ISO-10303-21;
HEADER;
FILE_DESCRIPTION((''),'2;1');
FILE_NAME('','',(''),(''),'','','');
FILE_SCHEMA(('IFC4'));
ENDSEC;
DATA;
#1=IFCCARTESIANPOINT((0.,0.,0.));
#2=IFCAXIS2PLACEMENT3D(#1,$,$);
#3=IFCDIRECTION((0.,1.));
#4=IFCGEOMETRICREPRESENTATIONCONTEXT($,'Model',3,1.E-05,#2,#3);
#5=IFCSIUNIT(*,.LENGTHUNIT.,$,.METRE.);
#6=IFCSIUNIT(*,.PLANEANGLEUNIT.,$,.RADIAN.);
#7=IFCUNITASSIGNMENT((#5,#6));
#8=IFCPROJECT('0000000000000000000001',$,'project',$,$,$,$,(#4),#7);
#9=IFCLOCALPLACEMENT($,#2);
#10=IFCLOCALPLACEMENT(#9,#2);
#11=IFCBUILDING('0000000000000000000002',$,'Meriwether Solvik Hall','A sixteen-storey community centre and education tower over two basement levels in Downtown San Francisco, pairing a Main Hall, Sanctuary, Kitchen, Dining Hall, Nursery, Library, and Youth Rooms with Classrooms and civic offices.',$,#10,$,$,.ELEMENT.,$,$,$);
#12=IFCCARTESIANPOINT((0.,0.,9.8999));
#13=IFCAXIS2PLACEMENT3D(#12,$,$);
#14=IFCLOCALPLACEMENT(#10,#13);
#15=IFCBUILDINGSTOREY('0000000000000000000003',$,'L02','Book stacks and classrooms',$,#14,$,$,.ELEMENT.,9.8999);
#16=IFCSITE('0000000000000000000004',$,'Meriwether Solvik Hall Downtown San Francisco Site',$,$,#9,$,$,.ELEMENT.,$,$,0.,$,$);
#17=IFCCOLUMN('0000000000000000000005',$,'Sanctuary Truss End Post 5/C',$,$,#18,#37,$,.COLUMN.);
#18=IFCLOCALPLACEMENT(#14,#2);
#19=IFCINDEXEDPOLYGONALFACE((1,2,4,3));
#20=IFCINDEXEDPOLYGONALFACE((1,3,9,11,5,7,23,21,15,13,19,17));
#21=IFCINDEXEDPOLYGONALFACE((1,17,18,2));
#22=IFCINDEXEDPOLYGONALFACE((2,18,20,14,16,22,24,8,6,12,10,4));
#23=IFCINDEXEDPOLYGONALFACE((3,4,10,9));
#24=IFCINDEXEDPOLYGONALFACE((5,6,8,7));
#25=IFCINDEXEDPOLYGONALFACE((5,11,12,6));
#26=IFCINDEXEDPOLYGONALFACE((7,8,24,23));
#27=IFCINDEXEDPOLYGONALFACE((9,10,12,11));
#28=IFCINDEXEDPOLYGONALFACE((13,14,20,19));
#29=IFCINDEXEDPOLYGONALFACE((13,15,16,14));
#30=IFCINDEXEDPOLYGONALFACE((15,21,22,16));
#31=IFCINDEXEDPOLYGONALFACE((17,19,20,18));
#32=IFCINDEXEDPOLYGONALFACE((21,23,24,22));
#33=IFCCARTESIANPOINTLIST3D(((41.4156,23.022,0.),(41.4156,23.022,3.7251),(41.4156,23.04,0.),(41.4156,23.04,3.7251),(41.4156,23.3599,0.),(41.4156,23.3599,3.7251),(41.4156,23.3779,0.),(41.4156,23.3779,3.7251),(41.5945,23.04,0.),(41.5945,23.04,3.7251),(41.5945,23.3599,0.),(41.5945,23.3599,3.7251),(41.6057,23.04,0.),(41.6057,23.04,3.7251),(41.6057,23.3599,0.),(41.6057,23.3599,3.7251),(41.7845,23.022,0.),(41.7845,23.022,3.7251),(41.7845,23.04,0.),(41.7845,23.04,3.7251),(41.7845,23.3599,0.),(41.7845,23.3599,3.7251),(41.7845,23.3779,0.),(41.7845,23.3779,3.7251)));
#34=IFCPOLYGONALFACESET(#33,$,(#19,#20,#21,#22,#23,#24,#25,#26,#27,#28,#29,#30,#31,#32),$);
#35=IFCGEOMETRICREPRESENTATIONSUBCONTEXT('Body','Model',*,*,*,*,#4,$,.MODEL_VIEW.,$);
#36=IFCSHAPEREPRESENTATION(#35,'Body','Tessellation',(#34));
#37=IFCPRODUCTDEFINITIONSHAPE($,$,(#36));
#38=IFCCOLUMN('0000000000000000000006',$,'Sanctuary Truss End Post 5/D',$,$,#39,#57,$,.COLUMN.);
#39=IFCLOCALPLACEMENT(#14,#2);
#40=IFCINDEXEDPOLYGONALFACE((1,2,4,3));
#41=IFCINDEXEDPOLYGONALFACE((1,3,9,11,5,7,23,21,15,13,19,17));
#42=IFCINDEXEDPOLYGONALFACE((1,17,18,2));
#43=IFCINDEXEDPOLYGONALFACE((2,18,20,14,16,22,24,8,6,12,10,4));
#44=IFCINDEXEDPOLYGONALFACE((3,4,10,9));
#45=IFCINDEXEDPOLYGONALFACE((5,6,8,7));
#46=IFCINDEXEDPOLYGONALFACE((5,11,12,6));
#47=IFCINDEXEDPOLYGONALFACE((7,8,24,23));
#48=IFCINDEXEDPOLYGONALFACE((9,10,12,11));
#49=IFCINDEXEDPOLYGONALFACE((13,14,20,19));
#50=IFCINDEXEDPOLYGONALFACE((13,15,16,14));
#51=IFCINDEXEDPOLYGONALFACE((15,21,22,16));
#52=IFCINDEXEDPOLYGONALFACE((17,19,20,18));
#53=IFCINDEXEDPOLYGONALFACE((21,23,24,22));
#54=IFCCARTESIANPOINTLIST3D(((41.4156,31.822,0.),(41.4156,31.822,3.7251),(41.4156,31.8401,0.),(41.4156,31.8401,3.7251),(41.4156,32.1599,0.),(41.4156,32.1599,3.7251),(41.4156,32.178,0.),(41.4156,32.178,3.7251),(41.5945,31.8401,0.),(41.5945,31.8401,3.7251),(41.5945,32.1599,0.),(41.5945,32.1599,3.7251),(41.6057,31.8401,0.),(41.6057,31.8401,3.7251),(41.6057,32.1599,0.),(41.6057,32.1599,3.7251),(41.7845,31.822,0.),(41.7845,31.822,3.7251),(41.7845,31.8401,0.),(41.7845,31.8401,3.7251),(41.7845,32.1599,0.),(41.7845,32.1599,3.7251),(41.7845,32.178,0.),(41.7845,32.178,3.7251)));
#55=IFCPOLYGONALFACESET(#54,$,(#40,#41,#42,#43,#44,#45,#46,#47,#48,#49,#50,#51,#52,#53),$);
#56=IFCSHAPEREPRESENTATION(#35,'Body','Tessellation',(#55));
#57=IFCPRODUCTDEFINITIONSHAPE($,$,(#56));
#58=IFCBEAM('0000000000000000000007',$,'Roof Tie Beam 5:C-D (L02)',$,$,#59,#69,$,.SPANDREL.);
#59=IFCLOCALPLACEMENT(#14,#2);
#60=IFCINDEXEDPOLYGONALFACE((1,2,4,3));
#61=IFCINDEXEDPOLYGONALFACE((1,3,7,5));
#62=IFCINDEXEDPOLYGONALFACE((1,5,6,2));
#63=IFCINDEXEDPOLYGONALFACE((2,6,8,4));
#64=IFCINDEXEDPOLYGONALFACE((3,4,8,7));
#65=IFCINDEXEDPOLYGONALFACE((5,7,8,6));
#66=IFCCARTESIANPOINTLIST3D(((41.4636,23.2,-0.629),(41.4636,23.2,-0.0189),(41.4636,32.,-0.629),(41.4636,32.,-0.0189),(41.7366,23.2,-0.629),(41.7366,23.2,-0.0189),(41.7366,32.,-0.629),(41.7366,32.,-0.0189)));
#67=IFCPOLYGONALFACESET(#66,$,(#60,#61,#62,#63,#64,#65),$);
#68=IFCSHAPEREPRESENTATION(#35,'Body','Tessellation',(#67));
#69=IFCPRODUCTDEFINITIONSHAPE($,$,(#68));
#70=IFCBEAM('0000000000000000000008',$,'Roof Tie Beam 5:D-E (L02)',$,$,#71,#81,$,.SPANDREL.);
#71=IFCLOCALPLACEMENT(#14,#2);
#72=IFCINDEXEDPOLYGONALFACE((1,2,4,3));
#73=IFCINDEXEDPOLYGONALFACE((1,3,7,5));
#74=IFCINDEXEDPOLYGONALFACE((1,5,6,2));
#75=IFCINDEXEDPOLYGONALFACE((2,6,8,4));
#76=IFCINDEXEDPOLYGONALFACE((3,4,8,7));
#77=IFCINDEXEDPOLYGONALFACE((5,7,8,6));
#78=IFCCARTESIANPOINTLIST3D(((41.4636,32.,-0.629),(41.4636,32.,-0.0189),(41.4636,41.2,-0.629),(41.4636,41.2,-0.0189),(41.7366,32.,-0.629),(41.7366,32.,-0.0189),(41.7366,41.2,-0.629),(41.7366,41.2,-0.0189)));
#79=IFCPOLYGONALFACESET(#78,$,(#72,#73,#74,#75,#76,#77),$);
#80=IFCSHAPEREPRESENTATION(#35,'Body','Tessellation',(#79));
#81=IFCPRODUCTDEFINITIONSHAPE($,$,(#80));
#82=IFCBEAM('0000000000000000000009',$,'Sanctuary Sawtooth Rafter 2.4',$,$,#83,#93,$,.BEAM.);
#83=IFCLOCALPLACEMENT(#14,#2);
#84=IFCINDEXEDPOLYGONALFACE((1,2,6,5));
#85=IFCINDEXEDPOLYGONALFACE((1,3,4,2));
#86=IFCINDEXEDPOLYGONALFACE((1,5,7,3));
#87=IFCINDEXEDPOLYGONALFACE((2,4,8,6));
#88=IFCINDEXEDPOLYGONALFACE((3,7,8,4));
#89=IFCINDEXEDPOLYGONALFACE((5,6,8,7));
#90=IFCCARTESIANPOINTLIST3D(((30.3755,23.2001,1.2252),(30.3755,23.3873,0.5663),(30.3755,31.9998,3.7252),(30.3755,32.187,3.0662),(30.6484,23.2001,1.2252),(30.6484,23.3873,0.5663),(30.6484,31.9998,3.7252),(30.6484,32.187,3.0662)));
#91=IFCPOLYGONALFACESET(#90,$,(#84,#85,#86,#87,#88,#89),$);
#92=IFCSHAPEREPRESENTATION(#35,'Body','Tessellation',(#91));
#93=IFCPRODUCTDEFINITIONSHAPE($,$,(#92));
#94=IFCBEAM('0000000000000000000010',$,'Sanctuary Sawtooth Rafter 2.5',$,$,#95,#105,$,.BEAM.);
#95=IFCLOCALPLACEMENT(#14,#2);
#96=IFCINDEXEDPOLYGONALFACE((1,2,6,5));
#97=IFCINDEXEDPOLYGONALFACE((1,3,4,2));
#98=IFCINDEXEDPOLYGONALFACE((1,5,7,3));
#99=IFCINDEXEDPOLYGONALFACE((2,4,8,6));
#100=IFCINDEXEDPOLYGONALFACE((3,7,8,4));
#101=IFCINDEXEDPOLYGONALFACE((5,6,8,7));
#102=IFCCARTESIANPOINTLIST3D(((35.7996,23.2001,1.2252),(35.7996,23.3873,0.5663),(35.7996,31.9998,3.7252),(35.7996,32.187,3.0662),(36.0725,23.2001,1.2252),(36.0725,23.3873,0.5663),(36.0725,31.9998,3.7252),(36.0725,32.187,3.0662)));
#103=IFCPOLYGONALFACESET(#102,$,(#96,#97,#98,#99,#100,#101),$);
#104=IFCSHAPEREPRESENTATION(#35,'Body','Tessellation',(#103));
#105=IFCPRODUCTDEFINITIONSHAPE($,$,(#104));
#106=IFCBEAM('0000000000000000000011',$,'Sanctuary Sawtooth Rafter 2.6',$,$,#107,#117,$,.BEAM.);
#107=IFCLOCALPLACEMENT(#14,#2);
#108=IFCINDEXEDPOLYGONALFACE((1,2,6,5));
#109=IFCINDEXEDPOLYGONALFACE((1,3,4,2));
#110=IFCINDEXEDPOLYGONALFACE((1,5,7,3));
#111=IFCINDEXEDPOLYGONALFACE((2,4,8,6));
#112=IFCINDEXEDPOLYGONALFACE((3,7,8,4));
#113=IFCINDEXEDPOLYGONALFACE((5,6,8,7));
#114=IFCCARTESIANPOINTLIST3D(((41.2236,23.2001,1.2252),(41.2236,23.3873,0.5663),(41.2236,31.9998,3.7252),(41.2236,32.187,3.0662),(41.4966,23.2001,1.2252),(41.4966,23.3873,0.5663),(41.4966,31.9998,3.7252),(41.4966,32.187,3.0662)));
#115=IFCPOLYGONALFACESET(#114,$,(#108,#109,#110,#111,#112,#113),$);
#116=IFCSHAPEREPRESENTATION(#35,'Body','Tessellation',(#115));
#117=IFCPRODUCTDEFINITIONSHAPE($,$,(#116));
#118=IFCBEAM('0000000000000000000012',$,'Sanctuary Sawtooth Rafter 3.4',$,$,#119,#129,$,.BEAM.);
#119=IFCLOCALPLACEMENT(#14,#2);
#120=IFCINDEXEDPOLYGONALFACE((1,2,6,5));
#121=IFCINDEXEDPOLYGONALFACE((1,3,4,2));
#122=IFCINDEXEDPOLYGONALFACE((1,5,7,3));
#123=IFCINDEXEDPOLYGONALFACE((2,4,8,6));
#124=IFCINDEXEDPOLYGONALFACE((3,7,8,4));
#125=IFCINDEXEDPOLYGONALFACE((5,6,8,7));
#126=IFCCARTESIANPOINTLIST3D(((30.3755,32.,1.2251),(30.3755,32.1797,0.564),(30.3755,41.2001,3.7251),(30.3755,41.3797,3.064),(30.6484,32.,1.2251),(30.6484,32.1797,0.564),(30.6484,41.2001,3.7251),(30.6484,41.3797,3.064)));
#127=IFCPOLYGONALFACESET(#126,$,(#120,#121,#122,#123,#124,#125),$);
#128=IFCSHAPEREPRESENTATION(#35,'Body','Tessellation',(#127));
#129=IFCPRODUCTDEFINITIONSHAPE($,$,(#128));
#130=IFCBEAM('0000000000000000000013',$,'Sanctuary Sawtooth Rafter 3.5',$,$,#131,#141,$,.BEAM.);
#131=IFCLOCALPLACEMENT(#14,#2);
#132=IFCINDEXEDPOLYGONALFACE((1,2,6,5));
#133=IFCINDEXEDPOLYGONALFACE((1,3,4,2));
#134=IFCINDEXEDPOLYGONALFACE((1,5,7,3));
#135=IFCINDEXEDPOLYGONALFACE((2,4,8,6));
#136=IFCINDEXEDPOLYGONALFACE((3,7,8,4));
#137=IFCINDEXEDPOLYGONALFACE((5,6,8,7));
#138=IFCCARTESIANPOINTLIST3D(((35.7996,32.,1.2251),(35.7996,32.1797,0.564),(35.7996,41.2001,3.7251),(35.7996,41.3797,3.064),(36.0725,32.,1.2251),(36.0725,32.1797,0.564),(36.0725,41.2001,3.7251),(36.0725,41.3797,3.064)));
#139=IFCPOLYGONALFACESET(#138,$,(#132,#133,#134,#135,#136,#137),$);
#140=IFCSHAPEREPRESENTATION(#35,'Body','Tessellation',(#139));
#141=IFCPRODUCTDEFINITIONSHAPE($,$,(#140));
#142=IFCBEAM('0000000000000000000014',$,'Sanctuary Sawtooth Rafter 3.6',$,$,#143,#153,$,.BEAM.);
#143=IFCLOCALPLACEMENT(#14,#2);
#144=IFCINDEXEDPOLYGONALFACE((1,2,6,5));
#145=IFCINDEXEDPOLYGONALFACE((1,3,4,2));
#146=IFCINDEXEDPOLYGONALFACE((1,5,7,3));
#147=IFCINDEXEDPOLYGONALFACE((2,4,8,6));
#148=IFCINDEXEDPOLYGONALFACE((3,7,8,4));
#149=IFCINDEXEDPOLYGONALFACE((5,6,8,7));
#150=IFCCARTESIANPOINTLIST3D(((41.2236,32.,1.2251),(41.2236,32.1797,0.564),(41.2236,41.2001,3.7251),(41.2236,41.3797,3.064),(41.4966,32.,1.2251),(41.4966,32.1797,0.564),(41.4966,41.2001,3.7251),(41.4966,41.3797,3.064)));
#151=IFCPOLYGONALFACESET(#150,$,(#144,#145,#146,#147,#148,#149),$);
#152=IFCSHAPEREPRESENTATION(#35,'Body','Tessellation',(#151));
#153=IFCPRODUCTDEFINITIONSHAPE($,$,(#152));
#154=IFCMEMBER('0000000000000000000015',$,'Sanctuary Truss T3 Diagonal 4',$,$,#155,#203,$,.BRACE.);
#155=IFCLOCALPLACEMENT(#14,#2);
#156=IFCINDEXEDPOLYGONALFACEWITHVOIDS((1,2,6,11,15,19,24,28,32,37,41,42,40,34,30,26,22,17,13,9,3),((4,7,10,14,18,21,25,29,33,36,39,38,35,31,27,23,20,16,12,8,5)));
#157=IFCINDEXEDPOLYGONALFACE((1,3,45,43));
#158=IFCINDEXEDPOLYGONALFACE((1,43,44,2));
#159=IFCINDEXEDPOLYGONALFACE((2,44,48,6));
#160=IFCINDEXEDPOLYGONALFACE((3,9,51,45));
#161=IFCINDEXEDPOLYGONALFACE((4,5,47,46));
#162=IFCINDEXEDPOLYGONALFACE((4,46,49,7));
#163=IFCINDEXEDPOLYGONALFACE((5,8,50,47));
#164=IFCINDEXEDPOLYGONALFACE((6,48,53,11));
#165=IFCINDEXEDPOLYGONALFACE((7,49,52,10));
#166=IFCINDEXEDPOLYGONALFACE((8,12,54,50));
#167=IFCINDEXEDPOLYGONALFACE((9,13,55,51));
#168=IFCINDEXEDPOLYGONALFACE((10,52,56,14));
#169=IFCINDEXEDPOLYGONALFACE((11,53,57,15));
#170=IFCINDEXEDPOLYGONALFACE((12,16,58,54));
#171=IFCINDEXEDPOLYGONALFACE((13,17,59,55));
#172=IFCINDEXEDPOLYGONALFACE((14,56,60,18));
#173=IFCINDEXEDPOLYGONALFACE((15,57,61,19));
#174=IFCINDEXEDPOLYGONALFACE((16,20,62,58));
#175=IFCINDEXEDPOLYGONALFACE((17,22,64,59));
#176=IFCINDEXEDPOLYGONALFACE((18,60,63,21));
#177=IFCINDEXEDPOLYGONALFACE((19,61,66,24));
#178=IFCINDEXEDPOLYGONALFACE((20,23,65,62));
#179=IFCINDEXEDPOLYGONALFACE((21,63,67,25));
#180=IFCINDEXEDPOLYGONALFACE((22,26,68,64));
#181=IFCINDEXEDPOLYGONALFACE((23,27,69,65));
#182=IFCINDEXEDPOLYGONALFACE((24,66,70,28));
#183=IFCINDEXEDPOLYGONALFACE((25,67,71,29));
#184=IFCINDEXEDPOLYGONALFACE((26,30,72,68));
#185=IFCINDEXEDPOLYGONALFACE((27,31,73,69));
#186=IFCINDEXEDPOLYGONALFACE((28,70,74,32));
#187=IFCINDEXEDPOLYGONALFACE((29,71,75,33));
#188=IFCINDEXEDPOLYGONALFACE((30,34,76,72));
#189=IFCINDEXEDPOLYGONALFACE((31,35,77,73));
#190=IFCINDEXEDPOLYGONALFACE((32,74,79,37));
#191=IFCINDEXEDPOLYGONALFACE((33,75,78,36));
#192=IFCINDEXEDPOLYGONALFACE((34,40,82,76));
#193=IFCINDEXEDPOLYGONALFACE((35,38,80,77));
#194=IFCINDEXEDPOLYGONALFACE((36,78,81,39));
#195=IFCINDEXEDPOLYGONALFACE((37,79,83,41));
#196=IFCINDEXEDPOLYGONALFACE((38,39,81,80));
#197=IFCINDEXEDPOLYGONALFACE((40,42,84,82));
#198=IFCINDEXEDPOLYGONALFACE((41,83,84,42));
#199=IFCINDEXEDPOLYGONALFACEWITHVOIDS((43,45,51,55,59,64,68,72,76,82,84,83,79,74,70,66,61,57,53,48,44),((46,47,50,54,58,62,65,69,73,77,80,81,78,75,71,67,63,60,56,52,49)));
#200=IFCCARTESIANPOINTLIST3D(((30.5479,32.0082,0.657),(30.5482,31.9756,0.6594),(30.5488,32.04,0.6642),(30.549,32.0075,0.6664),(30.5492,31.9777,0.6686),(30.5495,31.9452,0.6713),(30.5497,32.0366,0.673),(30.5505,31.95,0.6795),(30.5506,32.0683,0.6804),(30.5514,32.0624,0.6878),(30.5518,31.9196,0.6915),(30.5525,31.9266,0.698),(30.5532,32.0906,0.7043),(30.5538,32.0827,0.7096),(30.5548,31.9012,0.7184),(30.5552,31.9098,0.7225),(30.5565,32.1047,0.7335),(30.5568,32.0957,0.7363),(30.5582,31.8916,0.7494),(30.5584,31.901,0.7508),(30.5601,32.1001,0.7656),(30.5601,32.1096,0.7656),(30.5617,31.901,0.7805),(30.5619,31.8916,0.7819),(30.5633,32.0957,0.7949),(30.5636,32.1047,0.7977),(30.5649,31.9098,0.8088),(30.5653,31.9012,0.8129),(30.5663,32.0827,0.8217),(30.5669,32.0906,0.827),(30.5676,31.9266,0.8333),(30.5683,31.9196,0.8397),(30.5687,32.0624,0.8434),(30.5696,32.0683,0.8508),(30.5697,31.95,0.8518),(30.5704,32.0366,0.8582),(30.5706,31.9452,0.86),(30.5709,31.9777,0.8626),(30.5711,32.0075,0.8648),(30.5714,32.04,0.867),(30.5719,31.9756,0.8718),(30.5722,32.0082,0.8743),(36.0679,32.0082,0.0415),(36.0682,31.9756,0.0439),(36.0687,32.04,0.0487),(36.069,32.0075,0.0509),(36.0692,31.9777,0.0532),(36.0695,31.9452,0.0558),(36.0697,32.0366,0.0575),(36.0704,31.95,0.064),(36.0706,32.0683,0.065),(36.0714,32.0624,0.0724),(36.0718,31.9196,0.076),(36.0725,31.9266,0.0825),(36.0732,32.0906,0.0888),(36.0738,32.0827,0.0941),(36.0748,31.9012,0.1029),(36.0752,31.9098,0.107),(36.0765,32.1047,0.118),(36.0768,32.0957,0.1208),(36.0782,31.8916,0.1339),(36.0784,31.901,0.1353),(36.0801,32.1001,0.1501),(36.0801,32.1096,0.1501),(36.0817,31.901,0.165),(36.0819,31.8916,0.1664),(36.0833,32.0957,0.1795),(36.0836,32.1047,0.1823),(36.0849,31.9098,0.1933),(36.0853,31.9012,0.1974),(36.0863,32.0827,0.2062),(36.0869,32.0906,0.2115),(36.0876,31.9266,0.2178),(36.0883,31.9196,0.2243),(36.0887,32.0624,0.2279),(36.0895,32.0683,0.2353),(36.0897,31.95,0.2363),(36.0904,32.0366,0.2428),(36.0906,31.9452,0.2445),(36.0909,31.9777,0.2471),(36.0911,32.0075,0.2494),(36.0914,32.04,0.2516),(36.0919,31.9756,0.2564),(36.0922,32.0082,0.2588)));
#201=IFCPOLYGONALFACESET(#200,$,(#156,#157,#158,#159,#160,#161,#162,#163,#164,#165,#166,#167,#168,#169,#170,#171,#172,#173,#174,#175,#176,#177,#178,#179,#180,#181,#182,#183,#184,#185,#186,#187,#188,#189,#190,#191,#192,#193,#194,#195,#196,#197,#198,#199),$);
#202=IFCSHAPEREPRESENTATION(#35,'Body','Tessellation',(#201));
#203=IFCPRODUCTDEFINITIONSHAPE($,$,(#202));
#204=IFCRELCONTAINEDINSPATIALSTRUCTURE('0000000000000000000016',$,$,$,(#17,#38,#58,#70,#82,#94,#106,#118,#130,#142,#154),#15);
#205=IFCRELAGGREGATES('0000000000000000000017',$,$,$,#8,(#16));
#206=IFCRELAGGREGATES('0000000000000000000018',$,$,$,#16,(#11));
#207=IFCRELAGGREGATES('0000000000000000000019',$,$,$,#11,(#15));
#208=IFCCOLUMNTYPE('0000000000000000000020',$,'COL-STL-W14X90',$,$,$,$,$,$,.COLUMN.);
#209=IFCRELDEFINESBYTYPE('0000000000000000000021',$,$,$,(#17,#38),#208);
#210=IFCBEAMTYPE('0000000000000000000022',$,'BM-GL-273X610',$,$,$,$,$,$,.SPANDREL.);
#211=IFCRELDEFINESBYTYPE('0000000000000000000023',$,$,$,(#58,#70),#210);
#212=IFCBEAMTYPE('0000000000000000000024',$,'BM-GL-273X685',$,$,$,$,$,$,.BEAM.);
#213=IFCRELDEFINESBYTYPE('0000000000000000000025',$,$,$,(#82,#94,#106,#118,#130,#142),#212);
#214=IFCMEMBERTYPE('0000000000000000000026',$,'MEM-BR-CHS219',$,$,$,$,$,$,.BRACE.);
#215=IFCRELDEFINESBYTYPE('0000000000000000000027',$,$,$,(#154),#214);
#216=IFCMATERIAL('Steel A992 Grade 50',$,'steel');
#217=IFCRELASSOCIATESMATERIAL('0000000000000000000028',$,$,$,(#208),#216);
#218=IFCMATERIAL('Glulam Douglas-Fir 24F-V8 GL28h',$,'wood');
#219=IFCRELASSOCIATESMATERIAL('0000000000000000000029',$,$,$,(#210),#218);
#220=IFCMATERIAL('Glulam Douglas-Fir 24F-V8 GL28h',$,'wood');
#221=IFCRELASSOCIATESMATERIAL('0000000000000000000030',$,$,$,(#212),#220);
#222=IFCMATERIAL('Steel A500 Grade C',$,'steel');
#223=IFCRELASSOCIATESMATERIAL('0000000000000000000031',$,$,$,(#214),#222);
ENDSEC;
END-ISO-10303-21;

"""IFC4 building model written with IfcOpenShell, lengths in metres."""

from ifc_helpers import new_model, si_unit, direction, frame, origin, origin_2d, place, context, subcontext, project, spatial, rectangle, hollow_circle, i_section, extrude, material, material_profile, profile_set, type_object, element, save


model = new_model("IFC4")

# Units and contexts
model_context = context("Model", 3, precision=1e-05, world=origin(), true_north=direction((0.0, 1.0)))
body_context = subcontext(model_context, "Body", "Model", "MODEL_VIEW")
ifc_project = project(units=[si_unit("LENGTHUNIT", "METRE"), si_unit("PLANEANGLEUNIT", "RADIAN")], contexts=[model_context])

# Site, building, storey
site_placement = place(None, origin())
site = spatial("IfcSite", under=ifc_project, at=site_placement, Name="Meriwether Solvik Hall Downtown San Francisco Site", CompositionType="ELEMENT", RefElevation=0.0)
building_placement = place(site_placement, origin())
building = spatial("IfcBuilding", under=site, at=building_placement, Name="Meriwether Solvik Hall", Description="A sixteen-storey community centre and education tower over two basement levels in Downtown San Francisco, pairing a Main Hall, Sanctuary, Kitchen, Dining Hall, Nursery, Library, and Youth Rooms with Classrooms and civic offices.", CompositionType="ELEMENT")
storey_placement = place(building_placement, frame((0.0, 0.0, 9.8999)))
storey = spatial("IfcBuildingStorey", under=building, at=storey_placement, Name="L02", Description="Book stacks and classrooms", CompositionType="ELEMENT", Elevation=9.8999)

# Columns
ifc_material_1 = material(Name="Steel A992 Grade 50", Category="steel")
ifc_material_profile_1 = material_profile(ifc_material_1, i_section(OverallWidth=0.3689, OverallDepth=0.356, WebThickness=0.0112, FlangeThickness=0.0181, at=origin_2d()), Name="W14X90")
ifc_profile_set_1 = profile_set([ifc_material_profile_1], Name="Steel A992 Grade 50")
column_type = type_object("IfcColumnType", Name="COL-STL-W14X90", PredefinedType="COLUMN", material=ifc_profile_set_1)
for number, where, z_axis, x_axis, name in (
    (1, (41.6001, 23.2, 0.0), (0.0, 0.0, 1.0), (1.0, 0.0, 0.0), "Sanctuary Truss End Post 5/C"),
    (2, (41.6001, 32.0, 0.0), (0.0, 0.0, 1.0), (1.0, 0.0, 0.0), "Sanctuary Truss End Post 5/D"),
):
    element("IfcColumn", number, at=place(storey_placement, frame(where, z_axis=z_axis, x_axis=x_axis)), inside=storey, type_object=column_type, Name=name, PredefinedType="COLUMN", context=body_context, shape_type="SweptSolid", body=[
        extrude(i_section(OverallWidth=0.3689, OverallDepth=0.356, WebThickness=0.0112, FlangeThickness=0.0181, at=origin_2d()), origin(), (0.0, 0.0, 1.0), 3.7251),
    ])

# Beams
ifc_material_2 = material(Name="Glulam Douglas-Fir 24F-V8 GL28h", Category="wood")
ifc_material_profile_2 = material_profile(ifc_material_2, rectangle(XDim=0.2729, YDim=0.6101, at=origin_2d()), Name="GLB-273X610")
ifc_profile_set_2 = profile_set([ifc_material_profile_2], Name="Glulam Douglas-Fir 24F-V8 GL28h")
beam_type_1 = type_object("IfcBeamType", Name="BM-GL-273X610", PredefinedType="SPANDREL", material=ifc_profile_set_2)
beam_1_placement = place(storey_placement, frame((41.6001, 23.2, -0.324), z_axis=(0.0, 1.0, 0.0), x_axis=(-1.0, 0.0, 0.0)))
element("IfcBeam", 3, at=beam_1_placement, inside=storey, type_object=beam_type_1, Name="Roof Tie Beam 5:C-D (L02)", PredefinedType="SPANDREL", context=body_context, shape_type="SweptSolid", body=[
    extrude(rectangle(XDim=0.2729, YDim=0.6101, at=origin_2d()), origin(), (0.0, 0.0, 1.0), 8.8),
])
beam_2_placement = place(storey_placement, frame((41.6001, 32.0, -0.324), z_axis=(0.0, 1.0, 0.0), x_axis=(-1.0, 0.0, 0.0)))
element("IfcBeam", 4, at=beam_2_placement, inside=storey, type_object=beam_type_1, Name="Roof Tie Beam 5:D-E (L02)", PredefinedType="SPANDREL", context=body_context, shape_type="SweptSolid", body=[
    extrude(rectangle(XDim=0.2729, YDim=0.6101, at=origin_2d()), origin(), (0.0, 0.0, 1.0), 9.2),
])
ifc_material_3 = material(Name="Glulam Douglas-Fir 24F-V8 GL28h", Category="wood")
ifc_material_profile_3 = material_profile(ifc_material_3, rectangle(XDim=0.2729, YDim=0.6851, at=origin_2d()), Name="GLB-273X685")
ifc_profile_set_3 = profile_set([ifc_material_profile_3], Name="Glulam Douglas-Fir 24F-V8 GL28h")
beam_type_2 = type_object("IfcBeamType", Name="BM-GL-273X685", PredefinedType="BEAM", material=ifc_profile_set_3)
for number, where, z_axis, x_axis, name in (
    (5, (30.512, 23.2937, 0.8958), (0.0, 0.961934, 0.273283), (-1.0, 0.0, 0.0), "Sanctuary Sawtooth Rafter 2.4"),
    (6, (35.936, 23.2937, 0.8958), (0.0, 0.961934, 0.273283), (-1.0, 0.0, 0.0), "Sanctuary Sawtooth Rafter 2.5"),
    (7, (41.3601, 23.2937, 0.8958), (0.0, 0.961934, 0.273283), (-1.0, 0.0, 0.0), "Sanctuary Sawtooth Rafter 2.6"),
):
    element("IfcBeam", number, at=place(storey_placement, frame(where, z_axis=z_axis, x_axis=x_axis)), inside=storey, type_object=beam_type_2, Name=name, PredefinedType="BEAM", context=body_context, shape_type="SweptSolid", body=[
        extrude(rectangle(XDim=0.2729, YDim=0.6851, at=origin_2d()), origin(), (0.0, 0.0, 1.0), 9.1479),
    ])
for number, where, z_axis, x_axis, name in (
    (8, (30.512, 32.0898, 0.8945), (0.0, 0.965005, 0.262231), (-1.0, 0.0, 0.0), "Sanctuary Sawtooth Rafter 3.4"),
    (9, (35.936, 32.0898, 0.8945), (0.0, 0.965005, 0.262231), (-1.0, 0.0, 0.0), "Sanctuary Sawtooth Rafter 3.5"),
    (10, (41.3601, 32.0898, 0.8945), (0.0, 0.965005, 0.262231), (-1.0, 0.0, 0.0), "Sanctuary Sawtooth Rafter 3.6"),
):
    element("IfcBeam", number, at=place(storey_placement, frame(where, z_axis=z_axis, x_axis=x_axis)), inside=storey, type_object=beam_type_2, Name=name, PredefinedType="BEAM", context=body_context, shape_type="SweptSolid", body=[
        extrude(rectangle(XDim=0.2729, YDim=0.6851, at=origin_2d()), origin(), (0.0, 0.0, 1.0), 9.5337),
    ])

# Member
ifc_material_4 = material(Name="Steel A500 Grade C", Category="steel")
ifc_material_profile_4 = material_profile(ifc_material_4, hollow_circle(Radius=0.1096, WallThickness=0.0095, at=origin_2d()), Name="CHS219X9.5")
ifc_profile_set_4 = profile_set([ifc_material_profile_4], Name="Steel A500 Grade C")
member_type_1 = type_object("IfcMemberType", Name="MEM-BR-CHS219", PredefinedType="BRACE", material=ifc_profile_set_4)
member_placement = place(storey_placement, frame((30.5601, 32.0, 0.7656), z_axis=(0.993841, 0.0, -0.110813), x_axis=(0.0, 1.0, 0.0)))
element("IfcMember", 11, at=member_placement, inside=storey, type_object=member_type_1, Name="Sanctuary Truss T3 Diagonal 4", PredefinedType="BRACE", context=body_context, shape_type="SweptSolid", body=[
    extrude(hollow_circle(Radius=0.1096, WallThickness=0.0095, at=origin_2d()), origin(), (0.0, 0.0, 1.0), 5.5542),
])

save(model, "model.ifc")
